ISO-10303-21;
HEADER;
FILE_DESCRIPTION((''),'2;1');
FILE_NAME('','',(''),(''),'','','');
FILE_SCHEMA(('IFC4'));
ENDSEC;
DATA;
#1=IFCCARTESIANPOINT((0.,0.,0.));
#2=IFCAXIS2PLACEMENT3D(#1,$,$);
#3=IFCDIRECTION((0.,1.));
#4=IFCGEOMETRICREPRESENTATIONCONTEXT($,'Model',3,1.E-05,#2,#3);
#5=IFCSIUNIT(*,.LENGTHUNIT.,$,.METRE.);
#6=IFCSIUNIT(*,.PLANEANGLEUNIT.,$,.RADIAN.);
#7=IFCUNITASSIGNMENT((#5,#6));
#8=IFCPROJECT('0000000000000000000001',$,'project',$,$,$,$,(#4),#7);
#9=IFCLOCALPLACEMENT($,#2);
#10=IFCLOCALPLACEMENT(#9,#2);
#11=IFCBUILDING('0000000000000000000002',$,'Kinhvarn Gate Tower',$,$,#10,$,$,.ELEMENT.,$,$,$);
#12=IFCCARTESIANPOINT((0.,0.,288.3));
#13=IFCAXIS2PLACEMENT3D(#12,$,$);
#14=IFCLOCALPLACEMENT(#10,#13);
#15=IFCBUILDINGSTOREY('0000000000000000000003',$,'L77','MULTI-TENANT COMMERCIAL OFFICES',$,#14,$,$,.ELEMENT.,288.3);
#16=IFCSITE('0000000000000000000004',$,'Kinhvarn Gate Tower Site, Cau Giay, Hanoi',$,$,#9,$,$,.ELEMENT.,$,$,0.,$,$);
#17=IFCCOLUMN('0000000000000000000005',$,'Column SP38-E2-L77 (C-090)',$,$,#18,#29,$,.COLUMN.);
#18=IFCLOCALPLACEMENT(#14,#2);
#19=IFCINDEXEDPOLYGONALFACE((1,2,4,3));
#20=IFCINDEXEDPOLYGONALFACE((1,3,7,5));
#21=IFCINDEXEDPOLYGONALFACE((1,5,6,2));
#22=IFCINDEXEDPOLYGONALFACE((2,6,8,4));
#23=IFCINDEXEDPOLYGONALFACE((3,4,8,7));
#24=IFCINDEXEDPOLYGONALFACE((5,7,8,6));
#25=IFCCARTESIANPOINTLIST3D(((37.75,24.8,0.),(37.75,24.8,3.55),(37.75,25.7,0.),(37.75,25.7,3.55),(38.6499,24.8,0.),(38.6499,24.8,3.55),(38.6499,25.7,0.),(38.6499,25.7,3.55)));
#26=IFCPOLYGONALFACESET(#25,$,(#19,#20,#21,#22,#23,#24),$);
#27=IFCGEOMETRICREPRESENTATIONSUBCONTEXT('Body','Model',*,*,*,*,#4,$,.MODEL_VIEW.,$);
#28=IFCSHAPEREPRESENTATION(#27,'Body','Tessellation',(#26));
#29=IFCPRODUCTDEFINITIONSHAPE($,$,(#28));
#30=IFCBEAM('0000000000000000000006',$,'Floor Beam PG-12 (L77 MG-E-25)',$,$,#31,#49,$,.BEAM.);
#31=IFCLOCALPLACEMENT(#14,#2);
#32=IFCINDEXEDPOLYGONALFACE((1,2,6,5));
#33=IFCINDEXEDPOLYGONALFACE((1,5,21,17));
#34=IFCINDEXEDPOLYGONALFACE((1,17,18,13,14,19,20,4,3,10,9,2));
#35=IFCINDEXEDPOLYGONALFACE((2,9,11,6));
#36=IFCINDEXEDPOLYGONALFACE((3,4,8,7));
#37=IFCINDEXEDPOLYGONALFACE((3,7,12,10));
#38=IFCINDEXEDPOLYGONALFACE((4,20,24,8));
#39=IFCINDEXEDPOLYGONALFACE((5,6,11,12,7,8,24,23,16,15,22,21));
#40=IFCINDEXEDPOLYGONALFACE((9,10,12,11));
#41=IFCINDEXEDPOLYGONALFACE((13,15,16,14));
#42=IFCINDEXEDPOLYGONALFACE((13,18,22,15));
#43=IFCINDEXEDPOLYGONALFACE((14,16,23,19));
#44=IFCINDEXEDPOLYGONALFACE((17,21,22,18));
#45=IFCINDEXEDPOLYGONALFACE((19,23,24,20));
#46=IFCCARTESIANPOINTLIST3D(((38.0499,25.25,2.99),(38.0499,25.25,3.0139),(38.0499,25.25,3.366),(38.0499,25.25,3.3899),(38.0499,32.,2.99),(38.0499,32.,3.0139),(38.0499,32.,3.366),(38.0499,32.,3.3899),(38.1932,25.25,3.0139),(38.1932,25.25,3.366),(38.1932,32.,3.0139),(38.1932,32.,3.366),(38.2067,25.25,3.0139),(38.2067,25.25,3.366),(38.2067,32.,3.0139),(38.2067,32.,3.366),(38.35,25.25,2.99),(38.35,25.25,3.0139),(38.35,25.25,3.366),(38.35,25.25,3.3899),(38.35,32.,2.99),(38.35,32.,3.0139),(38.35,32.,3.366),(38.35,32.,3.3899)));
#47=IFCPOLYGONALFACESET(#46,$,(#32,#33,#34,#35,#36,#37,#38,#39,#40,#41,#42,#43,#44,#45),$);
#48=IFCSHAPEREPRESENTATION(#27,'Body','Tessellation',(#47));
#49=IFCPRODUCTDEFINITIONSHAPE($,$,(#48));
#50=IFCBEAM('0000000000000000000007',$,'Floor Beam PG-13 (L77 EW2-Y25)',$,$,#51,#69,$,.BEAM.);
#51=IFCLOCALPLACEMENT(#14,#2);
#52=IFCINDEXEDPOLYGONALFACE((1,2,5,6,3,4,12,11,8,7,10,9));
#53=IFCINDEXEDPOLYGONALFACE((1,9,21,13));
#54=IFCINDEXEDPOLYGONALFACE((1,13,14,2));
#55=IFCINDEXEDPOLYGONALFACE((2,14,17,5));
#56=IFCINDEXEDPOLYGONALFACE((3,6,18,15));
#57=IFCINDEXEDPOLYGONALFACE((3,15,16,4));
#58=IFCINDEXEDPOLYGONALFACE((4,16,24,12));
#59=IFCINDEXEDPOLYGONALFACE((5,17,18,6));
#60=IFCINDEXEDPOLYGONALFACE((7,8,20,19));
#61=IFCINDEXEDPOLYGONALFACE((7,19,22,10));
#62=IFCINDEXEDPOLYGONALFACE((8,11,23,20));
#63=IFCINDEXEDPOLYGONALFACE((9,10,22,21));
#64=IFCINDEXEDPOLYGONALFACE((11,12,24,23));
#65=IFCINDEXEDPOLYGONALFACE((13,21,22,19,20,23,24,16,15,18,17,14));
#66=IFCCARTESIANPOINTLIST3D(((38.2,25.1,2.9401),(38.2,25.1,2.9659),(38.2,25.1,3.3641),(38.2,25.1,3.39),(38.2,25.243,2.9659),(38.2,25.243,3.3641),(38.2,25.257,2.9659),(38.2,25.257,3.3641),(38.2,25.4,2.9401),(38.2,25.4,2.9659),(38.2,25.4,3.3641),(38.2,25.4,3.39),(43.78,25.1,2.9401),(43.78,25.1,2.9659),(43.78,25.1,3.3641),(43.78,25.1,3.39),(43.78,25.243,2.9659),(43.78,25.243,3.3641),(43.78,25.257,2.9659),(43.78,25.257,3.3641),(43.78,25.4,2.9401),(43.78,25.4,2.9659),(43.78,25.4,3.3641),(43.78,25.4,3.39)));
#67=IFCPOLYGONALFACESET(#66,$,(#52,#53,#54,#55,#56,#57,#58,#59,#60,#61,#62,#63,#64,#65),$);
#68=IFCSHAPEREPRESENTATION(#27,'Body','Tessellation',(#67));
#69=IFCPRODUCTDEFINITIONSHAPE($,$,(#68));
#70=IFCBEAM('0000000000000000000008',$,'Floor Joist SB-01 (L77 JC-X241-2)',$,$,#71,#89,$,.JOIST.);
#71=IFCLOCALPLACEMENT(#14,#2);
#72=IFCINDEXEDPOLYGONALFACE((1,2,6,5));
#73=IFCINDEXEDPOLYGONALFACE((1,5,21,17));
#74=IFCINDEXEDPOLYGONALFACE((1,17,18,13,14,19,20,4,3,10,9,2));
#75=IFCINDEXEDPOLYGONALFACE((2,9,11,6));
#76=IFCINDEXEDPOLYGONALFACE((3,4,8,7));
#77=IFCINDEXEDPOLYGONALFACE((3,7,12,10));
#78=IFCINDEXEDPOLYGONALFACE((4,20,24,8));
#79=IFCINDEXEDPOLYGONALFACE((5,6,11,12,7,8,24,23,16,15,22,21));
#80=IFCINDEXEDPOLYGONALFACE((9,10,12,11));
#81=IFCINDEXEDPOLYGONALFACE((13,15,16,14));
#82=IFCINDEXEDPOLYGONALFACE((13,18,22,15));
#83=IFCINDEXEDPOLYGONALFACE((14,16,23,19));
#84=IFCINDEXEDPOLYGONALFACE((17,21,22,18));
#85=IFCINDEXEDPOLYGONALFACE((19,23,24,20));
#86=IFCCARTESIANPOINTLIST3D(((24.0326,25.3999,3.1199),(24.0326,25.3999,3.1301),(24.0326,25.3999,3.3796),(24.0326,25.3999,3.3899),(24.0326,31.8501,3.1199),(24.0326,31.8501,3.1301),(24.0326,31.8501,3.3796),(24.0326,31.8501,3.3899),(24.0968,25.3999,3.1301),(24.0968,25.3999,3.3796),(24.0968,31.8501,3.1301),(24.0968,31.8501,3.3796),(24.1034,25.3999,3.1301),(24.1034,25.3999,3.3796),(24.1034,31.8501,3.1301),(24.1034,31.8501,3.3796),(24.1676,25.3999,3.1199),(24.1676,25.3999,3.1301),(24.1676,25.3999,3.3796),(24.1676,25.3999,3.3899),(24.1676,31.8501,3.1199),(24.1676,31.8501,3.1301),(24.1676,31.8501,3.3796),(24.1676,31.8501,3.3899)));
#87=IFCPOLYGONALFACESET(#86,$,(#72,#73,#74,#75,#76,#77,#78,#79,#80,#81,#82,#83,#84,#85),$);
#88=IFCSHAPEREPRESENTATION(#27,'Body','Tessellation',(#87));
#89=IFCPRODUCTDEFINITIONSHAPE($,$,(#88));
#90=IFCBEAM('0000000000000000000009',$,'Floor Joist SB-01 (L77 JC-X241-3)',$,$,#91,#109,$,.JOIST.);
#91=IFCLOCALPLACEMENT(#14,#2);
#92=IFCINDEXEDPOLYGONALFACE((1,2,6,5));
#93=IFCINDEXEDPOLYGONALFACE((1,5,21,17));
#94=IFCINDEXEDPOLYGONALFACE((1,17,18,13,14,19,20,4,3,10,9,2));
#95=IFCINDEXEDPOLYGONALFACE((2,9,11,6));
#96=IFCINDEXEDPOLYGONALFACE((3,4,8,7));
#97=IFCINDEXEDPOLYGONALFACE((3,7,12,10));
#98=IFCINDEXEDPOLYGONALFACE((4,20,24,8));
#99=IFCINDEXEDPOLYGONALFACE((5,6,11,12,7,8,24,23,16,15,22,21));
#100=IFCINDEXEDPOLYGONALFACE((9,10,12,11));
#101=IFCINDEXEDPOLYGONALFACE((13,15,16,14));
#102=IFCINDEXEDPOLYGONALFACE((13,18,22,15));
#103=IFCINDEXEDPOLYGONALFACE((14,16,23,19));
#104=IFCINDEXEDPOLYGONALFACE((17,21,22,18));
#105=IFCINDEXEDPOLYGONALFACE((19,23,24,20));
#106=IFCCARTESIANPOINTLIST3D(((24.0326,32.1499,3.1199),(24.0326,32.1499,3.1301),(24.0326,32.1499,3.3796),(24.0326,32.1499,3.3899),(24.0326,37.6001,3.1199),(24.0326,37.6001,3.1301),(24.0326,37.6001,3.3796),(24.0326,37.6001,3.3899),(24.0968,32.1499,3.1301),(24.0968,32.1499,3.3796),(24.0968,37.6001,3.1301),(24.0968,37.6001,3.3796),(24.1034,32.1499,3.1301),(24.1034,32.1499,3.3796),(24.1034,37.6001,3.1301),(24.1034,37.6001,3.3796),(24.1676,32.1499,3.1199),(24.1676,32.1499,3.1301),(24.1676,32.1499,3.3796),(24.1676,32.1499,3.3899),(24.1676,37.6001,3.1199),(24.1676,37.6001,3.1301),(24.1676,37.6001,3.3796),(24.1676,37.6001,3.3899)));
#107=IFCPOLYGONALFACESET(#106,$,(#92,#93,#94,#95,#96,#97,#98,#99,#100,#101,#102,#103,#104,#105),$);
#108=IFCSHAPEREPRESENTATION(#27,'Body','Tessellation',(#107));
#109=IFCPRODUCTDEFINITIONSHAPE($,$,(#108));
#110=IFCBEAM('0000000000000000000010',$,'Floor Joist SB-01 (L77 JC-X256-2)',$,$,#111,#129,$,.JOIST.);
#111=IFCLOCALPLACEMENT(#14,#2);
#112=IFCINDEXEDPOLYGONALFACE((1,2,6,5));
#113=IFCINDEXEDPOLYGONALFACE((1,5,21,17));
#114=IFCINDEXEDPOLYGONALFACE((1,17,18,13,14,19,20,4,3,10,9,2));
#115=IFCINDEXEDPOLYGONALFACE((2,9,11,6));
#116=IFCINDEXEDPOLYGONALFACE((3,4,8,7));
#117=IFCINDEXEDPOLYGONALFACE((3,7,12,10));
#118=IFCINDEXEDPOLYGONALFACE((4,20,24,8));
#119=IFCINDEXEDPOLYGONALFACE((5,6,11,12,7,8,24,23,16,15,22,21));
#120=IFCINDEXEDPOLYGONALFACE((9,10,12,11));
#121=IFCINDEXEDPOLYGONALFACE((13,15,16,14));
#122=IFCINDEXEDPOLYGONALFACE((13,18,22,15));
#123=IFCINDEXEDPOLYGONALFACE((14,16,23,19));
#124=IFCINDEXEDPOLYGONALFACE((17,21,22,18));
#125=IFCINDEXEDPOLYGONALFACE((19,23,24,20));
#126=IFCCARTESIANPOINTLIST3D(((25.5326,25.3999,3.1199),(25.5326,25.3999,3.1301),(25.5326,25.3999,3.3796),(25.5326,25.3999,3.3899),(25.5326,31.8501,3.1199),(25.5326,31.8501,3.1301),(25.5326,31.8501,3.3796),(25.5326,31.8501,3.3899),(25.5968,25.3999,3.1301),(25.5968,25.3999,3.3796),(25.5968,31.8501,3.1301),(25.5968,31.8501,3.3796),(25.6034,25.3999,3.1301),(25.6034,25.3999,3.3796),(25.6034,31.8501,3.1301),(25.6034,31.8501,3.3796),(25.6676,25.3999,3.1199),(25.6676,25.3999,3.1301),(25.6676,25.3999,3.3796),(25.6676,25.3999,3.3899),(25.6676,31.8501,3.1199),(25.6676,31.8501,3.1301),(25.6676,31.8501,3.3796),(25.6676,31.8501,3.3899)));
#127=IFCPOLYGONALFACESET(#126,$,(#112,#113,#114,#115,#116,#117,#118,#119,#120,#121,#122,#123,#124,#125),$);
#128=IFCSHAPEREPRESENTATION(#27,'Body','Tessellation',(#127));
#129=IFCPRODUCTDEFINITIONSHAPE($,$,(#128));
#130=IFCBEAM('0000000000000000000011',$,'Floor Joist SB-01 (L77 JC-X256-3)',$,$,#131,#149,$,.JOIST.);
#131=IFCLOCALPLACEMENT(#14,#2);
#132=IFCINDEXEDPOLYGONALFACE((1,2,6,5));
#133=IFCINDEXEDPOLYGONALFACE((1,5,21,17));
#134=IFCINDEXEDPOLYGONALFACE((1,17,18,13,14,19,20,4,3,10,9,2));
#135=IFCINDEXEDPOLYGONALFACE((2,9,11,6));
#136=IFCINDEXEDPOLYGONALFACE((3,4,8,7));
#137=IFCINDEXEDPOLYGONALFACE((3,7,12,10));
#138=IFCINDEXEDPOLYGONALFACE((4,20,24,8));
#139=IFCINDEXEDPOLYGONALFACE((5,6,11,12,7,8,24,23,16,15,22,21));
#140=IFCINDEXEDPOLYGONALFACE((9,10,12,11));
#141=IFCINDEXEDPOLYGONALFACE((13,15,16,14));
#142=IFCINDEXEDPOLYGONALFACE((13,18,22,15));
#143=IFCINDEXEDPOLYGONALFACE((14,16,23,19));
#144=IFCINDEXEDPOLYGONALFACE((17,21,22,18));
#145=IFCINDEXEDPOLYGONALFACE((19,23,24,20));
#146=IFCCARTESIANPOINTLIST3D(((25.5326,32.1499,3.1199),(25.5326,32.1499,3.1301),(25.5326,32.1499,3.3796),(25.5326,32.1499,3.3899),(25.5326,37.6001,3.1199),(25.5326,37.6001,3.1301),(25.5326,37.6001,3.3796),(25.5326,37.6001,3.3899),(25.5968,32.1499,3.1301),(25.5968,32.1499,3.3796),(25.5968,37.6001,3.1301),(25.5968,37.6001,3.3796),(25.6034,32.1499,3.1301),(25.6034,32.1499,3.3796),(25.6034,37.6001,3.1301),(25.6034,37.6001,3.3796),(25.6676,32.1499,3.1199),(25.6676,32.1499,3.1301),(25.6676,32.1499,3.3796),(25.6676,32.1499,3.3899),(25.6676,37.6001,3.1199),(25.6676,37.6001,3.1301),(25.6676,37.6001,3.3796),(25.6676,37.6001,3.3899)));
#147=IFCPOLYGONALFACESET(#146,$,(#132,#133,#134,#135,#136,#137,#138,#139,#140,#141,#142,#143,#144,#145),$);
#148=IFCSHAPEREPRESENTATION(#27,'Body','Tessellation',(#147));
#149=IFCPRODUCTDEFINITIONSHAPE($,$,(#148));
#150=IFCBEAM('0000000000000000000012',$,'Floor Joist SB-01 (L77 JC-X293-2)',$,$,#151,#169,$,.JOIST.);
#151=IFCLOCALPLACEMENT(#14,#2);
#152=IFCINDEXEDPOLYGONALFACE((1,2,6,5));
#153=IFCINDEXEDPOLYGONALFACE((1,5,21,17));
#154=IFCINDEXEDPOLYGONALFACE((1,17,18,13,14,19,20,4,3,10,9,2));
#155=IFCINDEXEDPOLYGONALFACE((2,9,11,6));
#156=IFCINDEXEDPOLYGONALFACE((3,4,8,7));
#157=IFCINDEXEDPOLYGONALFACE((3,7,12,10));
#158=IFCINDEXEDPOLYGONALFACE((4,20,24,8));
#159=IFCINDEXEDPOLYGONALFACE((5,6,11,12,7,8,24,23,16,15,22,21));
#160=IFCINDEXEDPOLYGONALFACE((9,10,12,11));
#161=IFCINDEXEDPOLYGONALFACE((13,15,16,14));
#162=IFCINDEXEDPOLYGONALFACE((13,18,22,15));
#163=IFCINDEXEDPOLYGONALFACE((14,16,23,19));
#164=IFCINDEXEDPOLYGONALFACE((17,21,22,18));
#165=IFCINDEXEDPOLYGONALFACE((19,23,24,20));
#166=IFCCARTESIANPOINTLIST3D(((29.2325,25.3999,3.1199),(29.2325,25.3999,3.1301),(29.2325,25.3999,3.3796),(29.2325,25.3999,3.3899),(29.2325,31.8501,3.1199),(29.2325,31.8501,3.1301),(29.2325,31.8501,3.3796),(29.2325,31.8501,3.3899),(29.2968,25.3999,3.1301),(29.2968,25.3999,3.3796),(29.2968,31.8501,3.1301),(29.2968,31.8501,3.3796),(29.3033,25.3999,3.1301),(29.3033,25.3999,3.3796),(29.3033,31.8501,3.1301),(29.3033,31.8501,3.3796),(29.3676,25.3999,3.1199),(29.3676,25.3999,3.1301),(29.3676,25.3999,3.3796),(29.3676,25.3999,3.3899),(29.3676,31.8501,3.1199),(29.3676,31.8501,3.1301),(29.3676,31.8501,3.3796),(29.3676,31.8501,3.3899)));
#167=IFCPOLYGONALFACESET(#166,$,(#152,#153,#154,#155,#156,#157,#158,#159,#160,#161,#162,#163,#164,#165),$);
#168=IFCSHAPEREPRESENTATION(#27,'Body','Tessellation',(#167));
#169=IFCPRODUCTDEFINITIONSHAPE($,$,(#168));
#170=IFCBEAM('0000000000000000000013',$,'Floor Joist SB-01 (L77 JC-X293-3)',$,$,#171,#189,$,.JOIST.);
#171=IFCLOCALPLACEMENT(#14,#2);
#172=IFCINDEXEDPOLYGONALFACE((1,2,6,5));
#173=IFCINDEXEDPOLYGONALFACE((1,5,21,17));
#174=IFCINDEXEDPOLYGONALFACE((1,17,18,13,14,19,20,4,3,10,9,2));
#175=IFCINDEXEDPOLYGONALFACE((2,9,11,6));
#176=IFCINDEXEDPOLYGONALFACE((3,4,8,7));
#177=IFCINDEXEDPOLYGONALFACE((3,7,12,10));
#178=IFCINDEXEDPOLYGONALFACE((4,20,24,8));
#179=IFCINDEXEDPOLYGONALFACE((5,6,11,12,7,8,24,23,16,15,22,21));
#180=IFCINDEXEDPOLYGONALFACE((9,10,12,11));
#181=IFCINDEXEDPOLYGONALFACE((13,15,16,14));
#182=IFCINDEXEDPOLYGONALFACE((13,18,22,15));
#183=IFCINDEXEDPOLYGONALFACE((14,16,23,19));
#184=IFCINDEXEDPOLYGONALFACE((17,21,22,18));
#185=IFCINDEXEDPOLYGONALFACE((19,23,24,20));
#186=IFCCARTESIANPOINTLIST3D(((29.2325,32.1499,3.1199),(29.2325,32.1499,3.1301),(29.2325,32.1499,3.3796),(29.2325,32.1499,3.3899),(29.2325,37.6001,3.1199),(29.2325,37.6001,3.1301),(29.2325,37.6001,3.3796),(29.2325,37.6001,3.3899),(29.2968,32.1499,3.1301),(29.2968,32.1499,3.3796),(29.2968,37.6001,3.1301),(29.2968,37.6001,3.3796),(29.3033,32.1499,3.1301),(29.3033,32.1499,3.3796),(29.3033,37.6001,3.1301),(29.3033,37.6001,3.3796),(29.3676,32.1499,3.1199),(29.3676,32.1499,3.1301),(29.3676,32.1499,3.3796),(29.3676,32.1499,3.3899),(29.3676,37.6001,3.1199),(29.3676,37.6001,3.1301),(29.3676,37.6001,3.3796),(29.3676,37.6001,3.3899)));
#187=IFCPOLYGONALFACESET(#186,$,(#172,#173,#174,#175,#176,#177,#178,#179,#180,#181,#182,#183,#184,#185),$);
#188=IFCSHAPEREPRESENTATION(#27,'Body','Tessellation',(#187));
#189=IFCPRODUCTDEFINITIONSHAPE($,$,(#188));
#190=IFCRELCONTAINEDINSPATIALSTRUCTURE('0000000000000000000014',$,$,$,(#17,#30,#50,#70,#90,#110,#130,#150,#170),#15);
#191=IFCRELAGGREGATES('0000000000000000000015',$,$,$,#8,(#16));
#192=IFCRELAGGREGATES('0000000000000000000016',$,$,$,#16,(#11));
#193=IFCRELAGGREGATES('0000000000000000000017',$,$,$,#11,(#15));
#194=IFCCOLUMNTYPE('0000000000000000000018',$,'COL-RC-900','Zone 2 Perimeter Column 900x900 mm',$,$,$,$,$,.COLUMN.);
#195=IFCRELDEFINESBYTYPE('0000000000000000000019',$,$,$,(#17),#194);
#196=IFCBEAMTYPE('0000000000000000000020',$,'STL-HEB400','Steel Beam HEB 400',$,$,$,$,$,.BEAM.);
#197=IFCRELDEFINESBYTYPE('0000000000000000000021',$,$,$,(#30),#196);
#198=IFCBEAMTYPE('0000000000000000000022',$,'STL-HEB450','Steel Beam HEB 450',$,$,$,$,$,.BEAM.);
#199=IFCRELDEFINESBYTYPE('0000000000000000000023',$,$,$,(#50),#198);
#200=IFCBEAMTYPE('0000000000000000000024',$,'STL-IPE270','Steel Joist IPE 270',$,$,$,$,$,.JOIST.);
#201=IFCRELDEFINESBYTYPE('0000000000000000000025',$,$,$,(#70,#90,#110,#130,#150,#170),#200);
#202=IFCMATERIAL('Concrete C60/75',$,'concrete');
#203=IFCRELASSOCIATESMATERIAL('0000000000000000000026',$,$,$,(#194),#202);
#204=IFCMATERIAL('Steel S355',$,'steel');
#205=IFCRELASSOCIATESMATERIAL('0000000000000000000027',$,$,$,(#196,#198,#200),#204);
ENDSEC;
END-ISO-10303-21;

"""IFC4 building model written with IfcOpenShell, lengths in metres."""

from ifc_helpers import new_model, si_unit, direction, frame, origin, origin_2d, place, context, subcontext, project, spatial, rectangle, i_section, extrude, material, material_profile, profile_set, type_object, element, save


model = new_model("IFC4")

# Units and contexts
model_context = context("Model", 3, precision=1e-05, world=origin(), true_north=direction((0.0, 1.0)))
body_context = subcontext(model_context, "Body", "Model", "MODEL_VIEW")
ifc_project = project(units=[si_unit("LENGTHUNIT", "METRE"), si_unit("PLANEANGLEUNIT", "RADIAN")], contexts=[model_context])

# Site, building, storey
site_placement = place(None, origin())
site = spatial("IfcSite", under=ifc_project, at=site_placement, Name="Kinhvarn Gate Tower Site, Cau Giay, Hanoi", CompositionType="ELEMENT", RefElevation=0.0)
building_placement = place(site_placement, origin())
building = spatial("IfcBuilding", under=site, at=building_placement, Name="Kinhvarn Gate Tower", CompositionType="ELEMENT")
storey_placement = place(building_placement, frame((0.0, 0.0, 288.3)))
storey = spatial("IfcBuildingStorey", under=building, at=storey_placement, Name="L77", Description="MULTI-TENANT COMMERCIAL OFFICES", CompositionType="ELEMENT", Elevation=288.3)

# Column
ifc_material_1 = material(Name="Concrete C60/75", Category="concrete")
ifc_material_profile_1 = material_profile(ifc_material_1, rectangle(XDim=0.8999, YDim=0.8999, at=origin_2d()), Name="RC 900x900")
ifc_profile_set_1 = profile_set([ifc_material_profile_1], Name="Concrete C60/75")
column_type = type_object("IfcColumnType", Name="COL-RC-900", Description="Zone 2 Perimeter Column 900x900 mm", PredefinedType="COLUMN", material=ifc_profile_set_1)
column_placement = place(storey_placement, frame((38.2, 25.25, 0.0), z_axis=(0.0, 0.0, 1.0), x_axis=(1.0, 0.0, 0.0)))
element("IfcColumn", 1, at=column_placement, inside=storey, type_object=column_type, Name="Column SP38-E2-L77 (C-090)", PredefinedType="COLUMN", context=body_context, shape_type="SweptSolid", body=[
    extrude(rectangle(XDim=0.8999, YDim=0.8999, at=origin_2d()), origin(), (0.0, 0.0, 1.0), 3.55),
])

# Beams
ifc_material_2 = material(Name="Steel S355", Category="steel")
ifc_material_profile_2 = material_profile(ifc_material_2, i_section(OverallWidth=0.3, OverallDepth=0.3999, WebThickness=0.0134, FlangeThickness=0.0239, at=origin_2d()), Name="HEB 400")
ifc_profile_set_2 = profile_set([ifc_material_profile_2], Name="Steel S355")
beam_type_1 = type_object("IfcBeamType", Name="STL-HEB400", Description="Steel Beam HEB 400", PredefinedType="BEAM", material=ifc_profile_set_2)
beam_1_placement = place(storey_placement, frame((38.2, 25.25, 3.1899), z_axis=(0.0, 1.0, 0.0), x_axis=(-1.0, 0.0, 0.0)))
element("IfcBeam", 2, at=beam_1_placement, inside=storey, type_object=beam_type_1, Name="Floor Beam PG-12 (L77 MG-E-25)", PredefinedType="BEAM", context=body_context, shape_type="SweptSolid", body=[
    extrude(i_section(OverallWidth=0.3, OverallDepth=0.3999, WebThickness=0.0134, FlangeThickness=0.0239, at=origin_2d()), origin(), (0.0, 0.0, 1.0), 6.75),
])
ifc_material_profile_3 = material_profile(ifc_material_2, i_section(OverallWidth=0.3, OverallDepth=0.45, WebThickness=0.0139, FlangeThickness=0.0259, at=origin_2d()), Name="HEB 450")
ifc_profile_set_3 = profile_set([ifc_material_profile_3], Name="Steel S355")
beam_type_2 = type_object("IfcBeamType", Name="STL-HEB450", Description="Steel Beam HEB 450", PredefinedType="BEAM", material=ifc_profile_set_3)
beam_2_placement = place(storey_placement, frame((38.2, 25.25, 3.165), z_axis=(1.0, 0.0, 0.0), x_axis=(0.0, 1.0, 0.0)))
element("IfcBeam", 3, at=beam_2_placement, inside=storey, type_object=beam_type_2, Name="Floor Beam PG-13 (L77 EW2-Y25)", PredefinedType="BEAM", context=body_context, shape_type="SweptSolid", body=[
    extrude(i_section(OverallWidth=0.3, OverallDepth=0.45, WebThickness=0.0139, FlangeThickness=0.0259, at=origin_2d()), origin(), (0.0, 0.0, 1.0), 5.5801),
])
ifc_material_profile_4 = material_profile(ifc_material_2, i_section(OverallWidth=0.135, OverallDepth=0.27, WebThickness=0.0066, FlangeThickness=0.0103, at=origin_2d()), Name="IPE 270")
ifc_profile_set_4 = profile_set([ifc_material_profile_4], Name="Steel S355")
beam_type_3 = type_object("IfcBeamType", Name="STL-IPE270", Description="Steel Joist IPE 270", PredefinedType="JOIST", material=ifc_profile_set_4)
beam_3_placement = place(storey_placement, frame((24.1001, 25.3999, 3.2549), z_axis=(0.0, 1.0, 0.0), x_axis=(-1.0, 0.0, 0.0)))
element("IfcBeam", 4, at=beam_3_placement, inside=storey, type_object=beam_type_3, Name="Floor Joist SB-01 (L77 JC-X241-2)", PredefinedType="JOIST", context=body_context, shape_type="SweptSolid", body=[
    extrude(i_section(OverallWidth=0.135, OverallDepth=0.27, WebThickness=0.0066, FlangeThickness=0.0103, at=origin_2d()), origin(), (0.0, 0.0, 1.0), 6.4502),
])
beam_4_placement = place(storey_placement, frame((24.1001, 32.1499, 3.2549), z_axis=(0.0, 1.0, 0.0), x_axis=(-1.0, 0.0, 0.0)))
element("IfcBeam", 5, at=beam_4_placement, inside=storey, type_object=beam_type_3, Name="Floor Joist SB-01 (L77 JC-X241-3)", PredefinedType="JOIST", context=body_context, shape_type="SweptSolid", body=[
    extrude(i_section(OverallWidth=0.135, OverallDepth=0.27, WebThickness=0.0066, FlangeThickness=0.0103, at=origin_2d()), origin(), (0.0, 0.0, 1.0), 5.4502),
])
beam_5_placement = place(storey_placement, frame((25.6001, 25.3999, 3.2549), z_axis=(0.0, 1.0, 0.0), x_axis=(-1.0, 0.0, 0.0)))
element("IfcBeam", 6, at=beam_5_placement, inside=storey, type_object=beam_type_3, Name="Floor Joist SB-01 (L77 JC-X256-2)", PredefinedType="JOIST", context=body_context, shape_type="SweptSolid", body=[
    extrude(i_section(OverallWidth=0.135, OverallDepth=0.27, WebThickness=0.0066, FlangeThickness=0.0103, at=origin_2d()), origin(), (0.0, 0.0, 1.0), 6.4502),
])
beam_6_placement = place(storey_placement, frame((25.6001, 32.1499, 3.2549), z_axis=(0.0, 1.0, 0.0), x_axis=(-1.0, 0.0, 0.0)))
element("IfcBeam", 7, at=beam_6_placement, inside=storey, type_object=beam_type_3, Name="Floor Joist SB-01 (L77 JC-X256-3)", PredefinedType="JOIST", context=body_context, shape_type="SweptSolid", body=[
    extrude(i_section(OverallWidth=0.135, OverallDepth=0.27, WebThickness=0.0066, FlangeThickness=0.0103, at=origin_2d()), origin(), (0.0, 0.0, 1.0), 5.4502),
])
beam_7_placement = place(storey_placement, frame((29.3, 25.3999, 3.2549), z_axis=(0.0, 1.0, 0.0), x_axis=(-1.0, 0.0, 0.0)))
element("IfcBeam", 8, at=beam_7_placement, inside=storey, type_object=beam_type_3, Name="Floor Joist SB-01 (L77 JC-X293-2)", PredefinedType="JOIST", context=body_context, shape_type="SweptSolid", body=[
    extrude(i_section(OverallWidth=0.135, OverallDepth=0.27, WebThickness=0.0066, FlangeThickness=0.0103, at=origin_2d()), origin(), (0.0, 0.0, 1.0), 6.4502),
])
beam_8_placement = place(storey_placement, frame((29.3, 32.1499, 3.2549), z_axis=(0.0, 1.0, 0.0), x_axis=(-1.0, 0.0, 0.0)))
element("IfcBeam", 9, at=beam_8_placement, inside=storey, type_object=beam_type_3, Name="Floor Joist SB-01 (L77 JC-X293-3)", PredefinedType="JOIST", context=body_context, shape_type="SweptSolid", body=[
    extrude(i_section(OverallWidth=0.135, OverallDepth=0.27, WebThickness=0.0066, FlangeThickness=0.0103, at=origin_2d()), origin(), (0.0, 0.0, 1.0), 5.4502),
])

save(model, "model.ifc")
